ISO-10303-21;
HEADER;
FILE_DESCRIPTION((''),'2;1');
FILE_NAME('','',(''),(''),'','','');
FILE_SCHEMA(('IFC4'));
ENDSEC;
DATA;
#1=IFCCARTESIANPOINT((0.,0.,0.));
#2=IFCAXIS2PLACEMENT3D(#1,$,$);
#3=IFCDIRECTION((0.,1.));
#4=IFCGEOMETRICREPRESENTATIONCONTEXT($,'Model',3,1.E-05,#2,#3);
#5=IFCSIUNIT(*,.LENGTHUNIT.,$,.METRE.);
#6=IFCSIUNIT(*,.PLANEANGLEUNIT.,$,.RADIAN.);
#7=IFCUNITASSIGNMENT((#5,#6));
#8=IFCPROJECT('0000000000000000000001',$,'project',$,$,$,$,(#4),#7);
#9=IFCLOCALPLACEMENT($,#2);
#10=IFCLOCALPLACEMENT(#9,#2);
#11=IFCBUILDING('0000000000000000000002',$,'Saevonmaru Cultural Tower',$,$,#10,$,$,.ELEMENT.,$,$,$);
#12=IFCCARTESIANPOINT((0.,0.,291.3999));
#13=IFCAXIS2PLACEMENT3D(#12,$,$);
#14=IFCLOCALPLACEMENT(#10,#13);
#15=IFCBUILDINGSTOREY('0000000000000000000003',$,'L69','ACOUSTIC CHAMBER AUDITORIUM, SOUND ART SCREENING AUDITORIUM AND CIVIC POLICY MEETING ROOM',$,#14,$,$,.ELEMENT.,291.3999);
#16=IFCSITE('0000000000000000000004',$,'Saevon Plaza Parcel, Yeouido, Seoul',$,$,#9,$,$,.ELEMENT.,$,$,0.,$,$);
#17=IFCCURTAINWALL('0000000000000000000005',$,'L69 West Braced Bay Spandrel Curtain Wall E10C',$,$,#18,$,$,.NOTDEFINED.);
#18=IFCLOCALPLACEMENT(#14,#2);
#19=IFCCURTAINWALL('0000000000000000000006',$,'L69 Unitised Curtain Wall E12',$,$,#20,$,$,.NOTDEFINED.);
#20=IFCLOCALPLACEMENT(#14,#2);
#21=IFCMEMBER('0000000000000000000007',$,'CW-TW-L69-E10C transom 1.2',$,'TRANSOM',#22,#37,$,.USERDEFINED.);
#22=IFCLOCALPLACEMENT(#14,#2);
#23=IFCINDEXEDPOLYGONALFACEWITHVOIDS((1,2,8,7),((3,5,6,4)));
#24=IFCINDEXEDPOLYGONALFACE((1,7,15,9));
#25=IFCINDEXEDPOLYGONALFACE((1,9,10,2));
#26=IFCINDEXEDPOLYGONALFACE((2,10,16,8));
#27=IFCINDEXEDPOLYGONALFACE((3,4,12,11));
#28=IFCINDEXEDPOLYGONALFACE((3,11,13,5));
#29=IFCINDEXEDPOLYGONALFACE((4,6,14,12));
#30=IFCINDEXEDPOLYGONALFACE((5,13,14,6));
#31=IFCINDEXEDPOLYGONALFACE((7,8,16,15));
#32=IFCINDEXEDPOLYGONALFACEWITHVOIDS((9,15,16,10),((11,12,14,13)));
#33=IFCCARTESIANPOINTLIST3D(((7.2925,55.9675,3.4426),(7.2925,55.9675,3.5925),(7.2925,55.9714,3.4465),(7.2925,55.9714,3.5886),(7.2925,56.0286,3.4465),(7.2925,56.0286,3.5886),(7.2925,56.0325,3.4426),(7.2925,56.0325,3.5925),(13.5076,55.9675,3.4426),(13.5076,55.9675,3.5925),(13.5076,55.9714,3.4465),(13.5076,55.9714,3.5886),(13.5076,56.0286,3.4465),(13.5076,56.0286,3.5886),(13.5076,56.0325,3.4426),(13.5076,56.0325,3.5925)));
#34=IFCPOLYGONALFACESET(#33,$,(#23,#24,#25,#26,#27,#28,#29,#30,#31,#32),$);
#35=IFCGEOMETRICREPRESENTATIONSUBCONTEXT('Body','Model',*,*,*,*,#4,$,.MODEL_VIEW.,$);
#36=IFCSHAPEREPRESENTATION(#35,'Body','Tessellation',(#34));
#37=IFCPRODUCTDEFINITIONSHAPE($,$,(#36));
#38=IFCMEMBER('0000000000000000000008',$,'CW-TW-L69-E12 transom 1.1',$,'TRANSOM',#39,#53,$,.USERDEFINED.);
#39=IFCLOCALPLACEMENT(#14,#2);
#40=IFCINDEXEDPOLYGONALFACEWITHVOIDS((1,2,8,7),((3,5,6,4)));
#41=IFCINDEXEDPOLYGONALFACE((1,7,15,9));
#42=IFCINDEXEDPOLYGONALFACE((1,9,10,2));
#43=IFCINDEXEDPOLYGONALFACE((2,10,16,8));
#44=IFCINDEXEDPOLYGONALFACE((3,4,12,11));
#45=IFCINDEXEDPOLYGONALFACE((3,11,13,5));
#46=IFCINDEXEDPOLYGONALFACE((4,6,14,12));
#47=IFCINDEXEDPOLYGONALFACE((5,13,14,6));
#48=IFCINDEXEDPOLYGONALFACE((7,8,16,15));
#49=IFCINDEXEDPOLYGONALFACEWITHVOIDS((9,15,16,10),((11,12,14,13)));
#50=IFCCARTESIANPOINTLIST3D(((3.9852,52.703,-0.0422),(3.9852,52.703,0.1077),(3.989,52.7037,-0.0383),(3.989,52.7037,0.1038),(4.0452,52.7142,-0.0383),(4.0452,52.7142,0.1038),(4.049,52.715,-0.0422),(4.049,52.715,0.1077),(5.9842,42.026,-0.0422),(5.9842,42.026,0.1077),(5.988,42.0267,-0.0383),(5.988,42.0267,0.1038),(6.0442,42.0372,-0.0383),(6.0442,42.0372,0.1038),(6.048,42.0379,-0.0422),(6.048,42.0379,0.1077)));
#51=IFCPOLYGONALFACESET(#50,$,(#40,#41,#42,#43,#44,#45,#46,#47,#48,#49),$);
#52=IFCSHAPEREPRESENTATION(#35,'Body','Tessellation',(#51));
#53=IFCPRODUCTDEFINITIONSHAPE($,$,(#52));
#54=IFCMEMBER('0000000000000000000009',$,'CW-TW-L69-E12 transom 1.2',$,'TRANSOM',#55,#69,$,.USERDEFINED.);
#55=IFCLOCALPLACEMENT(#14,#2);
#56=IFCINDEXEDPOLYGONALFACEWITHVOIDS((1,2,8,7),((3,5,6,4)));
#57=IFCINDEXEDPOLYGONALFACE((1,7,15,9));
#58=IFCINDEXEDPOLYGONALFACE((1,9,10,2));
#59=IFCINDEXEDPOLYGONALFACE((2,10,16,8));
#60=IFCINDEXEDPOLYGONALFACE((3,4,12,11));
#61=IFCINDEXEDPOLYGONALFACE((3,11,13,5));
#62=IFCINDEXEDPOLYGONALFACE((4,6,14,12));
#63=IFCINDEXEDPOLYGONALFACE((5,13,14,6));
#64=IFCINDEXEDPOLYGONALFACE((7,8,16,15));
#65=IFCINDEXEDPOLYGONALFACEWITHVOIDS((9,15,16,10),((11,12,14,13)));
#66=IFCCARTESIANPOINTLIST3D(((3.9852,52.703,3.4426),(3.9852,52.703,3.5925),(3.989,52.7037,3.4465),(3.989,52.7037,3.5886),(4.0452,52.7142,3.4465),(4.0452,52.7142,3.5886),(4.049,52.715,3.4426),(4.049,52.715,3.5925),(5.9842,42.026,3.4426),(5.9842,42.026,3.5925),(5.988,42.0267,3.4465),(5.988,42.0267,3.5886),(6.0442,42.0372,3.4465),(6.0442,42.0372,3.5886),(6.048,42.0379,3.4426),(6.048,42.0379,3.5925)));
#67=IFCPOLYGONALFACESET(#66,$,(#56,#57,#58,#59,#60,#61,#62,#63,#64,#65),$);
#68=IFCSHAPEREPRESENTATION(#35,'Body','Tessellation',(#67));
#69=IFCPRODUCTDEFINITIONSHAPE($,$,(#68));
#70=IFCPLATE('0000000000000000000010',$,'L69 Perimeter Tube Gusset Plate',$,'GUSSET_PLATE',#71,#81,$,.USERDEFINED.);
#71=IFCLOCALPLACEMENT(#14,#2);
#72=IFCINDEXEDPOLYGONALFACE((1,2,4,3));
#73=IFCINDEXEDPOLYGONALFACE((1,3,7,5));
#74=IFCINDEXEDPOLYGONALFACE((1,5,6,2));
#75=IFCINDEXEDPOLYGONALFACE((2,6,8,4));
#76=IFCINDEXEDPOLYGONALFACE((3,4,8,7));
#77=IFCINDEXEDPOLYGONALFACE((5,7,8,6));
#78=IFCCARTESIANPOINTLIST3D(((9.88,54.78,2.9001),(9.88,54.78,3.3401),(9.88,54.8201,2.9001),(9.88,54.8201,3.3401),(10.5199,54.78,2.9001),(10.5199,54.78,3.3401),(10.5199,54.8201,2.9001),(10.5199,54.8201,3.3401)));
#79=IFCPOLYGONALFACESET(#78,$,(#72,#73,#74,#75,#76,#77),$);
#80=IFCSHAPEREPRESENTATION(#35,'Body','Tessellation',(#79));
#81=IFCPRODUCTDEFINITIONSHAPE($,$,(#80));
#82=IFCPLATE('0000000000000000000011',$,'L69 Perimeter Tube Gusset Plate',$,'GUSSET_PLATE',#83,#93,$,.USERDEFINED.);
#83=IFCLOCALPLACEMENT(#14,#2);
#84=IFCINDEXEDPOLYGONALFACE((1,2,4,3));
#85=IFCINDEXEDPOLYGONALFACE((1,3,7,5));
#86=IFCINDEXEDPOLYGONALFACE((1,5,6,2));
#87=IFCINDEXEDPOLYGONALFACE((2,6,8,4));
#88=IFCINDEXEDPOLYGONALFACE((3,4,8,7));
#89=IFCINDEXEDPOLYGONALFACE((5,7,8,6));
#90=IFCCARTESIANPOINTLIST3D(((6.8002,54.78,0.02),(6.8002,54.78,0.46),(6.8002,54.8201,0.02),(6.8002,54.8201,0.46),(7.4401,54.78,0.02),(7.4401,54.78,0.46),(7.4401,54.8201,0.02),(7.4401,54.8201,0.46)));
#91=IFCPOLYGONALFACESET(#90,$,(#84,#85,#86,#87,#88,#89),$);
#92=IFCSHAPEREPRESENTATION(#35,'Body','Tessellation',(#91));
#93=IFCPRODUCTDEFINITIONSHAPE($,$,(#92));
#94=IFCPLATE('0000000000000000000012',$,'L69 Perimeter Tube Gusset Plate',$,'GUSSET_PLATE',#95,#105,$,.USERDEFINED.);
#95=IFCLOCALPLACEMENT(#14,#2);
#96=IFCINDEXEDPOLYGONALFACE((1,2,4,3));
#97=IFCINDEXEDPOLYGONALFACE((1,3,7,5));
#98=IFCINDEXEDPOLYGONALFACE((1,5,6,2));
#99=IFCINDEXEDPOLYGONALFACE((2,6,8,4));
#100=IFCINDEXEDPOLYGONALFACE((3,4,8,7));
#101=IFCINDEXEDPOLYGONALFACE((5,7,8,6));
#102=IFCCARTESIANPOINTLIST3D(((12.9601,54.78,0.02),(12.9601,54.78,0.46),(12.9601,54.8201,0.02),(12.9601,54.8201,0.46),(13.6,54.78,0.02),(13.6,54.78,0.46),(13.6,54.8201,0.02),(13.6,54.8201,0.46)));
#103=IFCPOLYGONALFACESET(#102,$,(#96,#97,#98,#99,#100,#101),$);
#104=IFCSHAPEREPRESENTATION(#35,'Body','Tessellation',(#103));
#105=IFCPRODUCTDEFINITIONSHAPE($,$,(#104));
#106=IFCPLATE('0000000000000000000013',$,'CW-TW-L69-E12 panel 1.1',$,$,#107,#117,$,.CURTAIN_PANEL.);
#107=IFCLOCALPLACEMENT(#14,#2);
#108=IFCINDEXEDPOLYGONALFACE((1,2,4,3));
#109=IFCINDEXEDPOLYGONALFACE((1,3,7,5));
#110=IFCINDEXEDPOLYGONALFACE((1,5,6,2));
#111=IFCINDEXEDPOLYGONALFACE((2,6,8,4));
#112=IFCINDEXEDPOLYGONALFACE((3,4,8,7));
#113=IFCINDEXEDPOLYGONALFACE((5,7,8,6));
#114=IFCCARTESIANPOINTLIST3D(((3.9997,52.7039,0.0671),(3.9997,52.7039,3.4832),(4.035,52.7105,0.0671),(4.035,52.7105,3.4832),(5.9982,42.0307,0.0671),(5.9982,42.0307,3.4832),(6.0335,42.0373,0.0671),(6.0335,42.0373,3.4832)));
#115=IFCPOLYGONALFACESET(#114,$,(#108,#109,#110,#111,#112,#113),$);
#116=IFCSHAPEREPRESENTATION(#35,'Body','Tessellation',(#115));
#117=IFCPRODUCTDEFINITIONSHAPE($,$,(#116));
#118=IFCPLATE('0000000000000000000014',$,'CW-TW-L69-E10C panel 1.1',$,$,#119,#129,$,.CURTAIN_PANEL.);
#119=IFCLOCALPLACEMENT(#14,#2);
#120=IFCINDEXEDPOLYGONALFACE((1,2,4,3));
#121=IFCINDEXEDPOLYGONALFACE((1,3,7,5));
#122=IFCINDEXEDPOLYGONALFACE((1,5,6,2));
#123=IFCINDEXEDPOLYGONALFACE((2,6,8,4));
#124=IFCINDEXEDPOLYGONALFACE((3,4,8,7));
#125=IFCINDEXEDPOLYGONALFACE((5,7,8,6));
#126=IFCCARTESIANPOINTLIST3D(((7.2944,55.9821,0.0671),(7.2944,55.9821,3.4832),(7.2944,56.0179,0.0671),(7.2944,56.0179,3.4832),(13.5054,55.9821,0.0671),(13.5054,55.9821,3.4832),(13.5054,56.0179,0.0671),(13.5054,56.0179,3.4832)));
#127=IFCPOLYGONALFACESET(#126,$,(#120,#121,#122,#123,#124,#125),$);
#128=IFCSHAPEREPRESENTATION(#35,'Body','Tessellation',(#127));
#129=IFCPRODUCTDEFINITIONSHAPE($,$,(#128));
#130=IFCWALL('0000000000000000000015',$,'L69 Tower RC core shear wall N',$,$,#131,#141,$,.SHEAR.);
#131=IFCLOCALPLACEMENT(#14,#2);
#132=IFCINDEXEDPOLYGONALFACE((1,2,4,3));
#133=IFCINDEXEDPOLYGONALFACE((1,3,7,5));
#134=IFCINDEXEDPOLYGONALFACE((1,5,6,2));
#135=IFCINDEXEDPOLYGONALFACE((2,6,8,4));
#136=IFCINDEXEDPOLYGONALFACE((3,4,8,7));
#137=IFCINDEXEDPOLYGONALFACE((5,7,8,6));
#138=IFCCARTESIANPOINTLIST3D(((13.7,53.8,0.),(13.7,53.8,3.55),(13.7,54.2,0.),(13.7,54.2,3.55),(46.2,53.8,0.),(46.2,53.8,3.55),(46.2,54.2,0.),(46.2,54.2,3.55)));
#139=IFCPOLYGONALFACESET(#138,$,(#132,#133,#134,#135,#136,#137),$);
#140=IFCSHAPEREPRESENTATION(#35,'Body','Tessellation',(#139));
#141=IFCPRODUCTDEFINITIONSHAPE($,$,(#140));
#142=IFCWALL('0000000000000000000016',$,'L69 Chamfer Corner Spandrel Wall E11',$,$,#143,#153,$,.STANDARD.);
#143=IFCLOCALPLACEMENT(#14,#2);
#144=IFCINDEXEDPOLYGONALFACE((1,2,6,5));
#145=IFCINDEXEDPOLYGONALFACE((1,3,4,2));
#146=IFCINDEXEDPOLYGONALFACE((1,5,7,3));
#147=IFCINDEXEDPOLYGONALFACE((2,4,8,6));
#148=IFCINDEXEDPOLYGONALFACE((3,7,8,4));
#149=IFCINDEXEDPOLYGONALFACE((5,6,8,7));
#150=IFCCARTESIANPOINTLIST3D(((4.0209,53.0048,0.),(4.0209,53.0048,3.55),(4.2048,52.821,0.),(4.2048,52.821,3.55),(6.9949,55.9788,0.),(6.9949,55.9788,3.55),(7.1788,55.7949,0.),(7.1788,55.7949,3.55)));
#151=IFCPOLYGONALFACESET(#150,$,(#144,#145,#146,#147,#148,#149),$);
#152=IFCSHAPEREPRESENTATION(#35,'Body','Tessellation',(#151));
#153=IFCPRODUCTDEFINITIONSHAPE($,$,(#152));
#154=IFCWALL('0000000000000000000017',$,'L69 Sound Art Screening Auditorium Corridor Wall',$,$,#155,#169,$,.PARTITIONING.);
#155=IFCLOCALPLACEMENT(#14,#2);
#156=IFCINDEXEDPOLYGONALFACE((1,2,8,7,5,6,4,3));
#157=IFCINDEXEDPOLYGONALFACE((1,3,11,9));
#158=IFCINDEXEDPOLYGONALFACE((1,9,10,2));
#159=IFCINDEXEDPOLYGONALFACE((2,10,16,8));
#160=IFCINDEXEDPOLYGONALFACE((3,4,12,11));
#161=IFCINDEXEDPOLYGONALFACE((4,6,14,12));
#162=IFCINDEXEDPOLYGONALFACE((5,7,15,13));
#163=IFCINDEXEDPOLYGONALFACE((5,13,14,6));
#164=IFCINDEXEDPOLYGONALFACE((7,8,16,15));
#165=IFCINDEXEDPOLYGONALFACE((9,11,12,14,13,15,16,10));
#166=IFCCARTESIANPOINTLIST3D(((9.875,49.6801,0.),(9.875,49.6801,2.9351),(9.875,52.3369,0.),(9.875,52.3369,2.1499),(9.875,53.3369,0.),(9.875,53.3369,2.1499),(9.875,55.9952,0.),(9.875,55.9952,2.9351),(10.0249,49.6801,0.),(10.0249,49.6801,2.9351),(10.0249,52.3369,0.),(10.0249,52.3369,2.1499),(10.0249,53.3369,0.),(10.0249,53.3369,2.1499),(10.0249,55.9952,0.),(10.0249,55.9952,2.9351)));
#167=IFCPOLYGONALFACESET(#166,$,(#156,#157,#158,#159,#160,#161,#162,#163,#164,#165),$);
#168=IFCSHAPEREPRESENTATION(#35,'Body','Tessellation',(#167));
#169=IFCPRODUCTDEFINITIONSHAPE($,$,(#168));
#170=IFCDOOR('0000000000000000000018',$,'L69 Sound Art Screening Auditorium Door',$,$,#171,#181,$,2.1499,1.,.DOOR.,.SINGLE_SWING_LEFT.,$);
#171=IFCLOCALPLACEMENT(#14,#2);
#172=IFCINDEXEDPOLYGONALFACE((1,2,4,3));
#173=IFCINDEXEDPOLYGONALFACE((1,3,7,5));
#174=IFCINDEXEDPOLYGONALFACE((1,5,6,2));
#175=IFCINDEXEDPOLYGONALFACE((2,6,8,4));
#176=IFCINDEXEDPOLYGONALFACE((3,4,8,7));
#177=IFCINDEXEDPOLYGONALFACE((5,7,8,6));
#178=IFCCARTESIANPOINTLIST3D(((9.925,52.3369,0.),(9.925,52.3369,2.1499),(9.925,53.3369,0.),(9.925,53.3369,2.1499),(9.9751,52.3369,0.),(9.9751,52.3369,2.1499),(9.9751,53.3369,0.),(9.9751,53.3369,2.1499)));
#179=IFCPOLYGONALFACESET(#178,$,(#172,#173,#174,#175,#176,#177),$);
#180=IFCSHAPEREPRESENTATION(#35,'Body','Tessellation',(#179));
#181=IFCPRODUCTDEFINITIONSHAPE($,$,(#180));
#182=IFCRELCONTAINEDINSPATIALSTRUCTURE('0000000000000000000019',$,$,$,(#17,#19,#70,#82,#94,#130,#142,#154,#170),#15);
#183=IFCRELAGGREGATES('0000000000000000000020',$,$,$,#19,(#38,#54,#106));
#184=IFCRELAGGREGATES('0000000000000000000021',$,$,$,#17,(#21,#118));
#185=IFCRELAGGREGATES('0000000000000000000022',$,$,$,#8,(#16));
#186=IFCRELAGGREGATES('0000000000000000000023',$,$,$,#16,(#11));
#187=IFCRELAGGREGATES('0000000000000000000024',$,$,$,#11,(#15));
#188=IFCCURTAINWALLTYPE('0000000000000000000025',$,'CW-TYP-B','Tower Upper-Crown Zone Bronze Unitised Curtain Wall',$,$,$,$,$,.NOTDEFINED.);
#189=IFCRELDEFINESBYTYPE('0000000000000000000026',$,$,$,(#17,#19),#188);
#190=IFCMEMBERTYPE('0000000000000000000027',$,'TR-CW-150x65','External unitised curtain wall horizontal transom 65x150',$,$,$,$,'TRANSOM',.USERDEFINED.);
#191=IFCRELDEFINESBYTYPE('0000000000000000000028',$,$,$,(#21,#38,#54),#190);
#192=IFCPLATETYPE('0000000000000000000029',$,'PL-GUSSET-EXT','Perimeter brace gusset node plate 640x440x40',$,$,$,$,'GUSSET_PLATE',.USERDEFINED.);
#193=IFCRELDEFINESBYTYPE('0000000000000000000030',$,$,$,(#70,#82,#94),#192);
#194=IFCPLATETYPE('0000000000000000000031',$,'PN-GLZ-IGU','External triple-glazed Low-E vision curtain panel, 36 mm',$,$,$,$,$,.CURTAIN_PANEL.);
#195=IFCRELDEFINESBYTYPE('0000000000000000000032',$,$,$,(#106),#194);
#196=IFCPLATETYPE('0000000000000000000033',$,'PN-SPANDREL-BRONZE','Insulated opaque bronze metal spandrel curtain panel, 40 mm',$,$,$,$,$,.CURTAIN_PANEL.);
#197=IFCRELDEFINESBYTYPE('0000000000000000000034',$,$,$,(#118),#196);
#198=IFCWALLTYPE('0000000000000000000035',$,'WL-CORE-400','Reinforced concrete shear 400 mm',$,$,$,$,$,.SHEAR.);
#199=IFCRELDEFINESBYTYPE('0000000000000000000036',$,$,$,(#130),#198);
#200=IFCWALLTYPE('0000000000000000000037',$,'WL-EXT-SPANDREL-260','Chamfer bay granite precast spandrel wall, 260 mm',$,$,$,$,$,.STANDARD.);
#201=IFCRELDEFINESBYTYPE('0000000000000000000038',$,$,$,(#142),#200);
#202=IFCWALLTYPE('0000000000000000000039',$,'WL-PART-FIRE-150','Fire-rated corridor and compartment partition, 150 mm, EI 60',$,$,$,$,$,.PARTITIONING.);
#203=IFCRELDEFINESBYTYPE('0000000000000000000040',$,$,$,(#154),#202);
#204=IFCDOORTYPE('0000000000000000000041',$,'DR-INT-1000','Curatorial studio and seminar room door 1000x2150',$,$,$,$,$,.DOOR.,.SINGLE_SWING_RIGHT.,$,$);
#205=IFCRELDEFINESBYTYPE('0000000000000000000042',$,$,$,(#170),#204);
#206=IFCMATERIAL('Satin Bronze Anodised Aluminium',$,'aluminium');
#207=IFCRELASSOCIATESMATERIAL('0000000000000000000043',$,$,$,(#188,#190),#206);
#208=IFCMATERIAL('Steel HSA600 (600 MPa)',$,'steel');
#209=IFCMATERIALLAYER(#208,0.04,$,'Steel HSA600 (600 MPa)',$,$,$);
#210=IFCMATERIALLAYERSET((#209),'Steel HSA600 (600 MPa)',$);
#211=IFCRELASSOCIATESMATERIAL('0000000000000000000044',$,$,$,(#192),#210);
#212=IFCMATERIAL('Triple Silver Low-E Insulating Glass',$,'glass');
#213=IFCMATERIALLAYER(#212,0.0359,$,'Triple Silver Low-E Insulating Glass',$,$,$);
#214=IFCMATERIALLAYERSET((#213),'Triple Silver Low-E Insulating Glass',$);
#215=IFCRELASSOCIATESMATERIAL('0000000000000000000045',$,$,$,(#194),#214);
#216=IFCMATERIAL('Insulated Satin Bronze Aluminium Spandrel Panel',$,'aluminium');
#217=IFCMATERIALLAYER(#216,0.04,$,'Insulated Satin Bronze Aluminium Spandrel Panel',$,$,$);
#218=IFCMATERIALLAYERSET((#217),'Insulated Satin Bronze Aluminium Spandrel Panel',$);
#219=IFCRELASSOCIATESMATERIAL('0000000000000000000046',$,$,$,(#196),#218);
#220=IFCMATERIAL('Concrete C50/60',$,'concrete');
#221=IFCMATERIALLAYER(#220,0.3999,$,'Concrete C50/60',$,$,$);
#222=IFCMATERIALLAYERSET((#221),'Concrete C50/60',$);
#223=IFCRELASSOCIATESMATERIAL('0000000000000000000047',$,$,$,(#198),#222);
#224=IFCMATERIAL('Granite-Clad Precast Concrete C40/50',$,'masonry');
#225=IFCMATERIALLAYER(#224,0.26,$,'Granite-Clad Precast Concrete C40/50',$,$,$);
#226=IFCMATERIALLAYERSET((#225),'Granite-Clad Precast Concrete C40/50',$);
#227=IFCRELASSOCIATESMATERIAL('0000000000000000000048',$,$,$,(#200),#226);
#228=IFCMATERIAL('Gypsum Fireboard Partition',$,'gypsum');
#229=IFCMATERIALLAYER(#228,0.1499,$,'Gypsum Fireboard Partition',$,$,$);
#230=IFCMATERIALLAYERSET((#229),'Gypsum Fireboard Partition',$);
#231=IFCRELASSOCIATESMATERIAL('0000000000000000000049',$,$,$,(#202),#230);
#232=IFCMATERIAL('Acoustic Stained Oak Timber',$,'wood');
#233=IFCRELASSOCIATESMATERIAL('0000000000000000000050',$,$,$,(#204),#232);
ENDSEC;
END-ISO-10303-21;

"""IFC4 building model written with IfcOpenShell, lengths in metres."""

from ifc_helpers import new_model, si_unit, direction, frame, frame_2d, origin, origin_2d, place, context, subcontext, project, spatial, rectangle, hollow_rectangle, extrude, material, layer, layer_set, material_profile, profile_set, type_object, element, fill, aggregate, save


model = new_model("IFC4")

# Units and contexts
model_context = context("Model", 3, precision=1e-05, world=origin(), true_north=direction((0.0, 1.0)))
body_context = subcontext(model_context, "Body", "Model", "MODEL_VIEW")
ifc_project = project(units=[si_unit("LENGTHUNIT", "METRE"), si_unit("PLANEANGLEUNIT", "RADIAN")], contexts=[model_context])

# Site, building, storey
site_placement = place(None, origin())
site = spatial("IfcSite", under=ifc_project, at=site_placement, Name="Saevon Plaza Parcel, Yeouido, Seoul", CompositionType="ELEMENT", RefElevation=0.0)
building_placement = place(site_placement, origin())
building = spatial("IfcBuilding", under=site, at=building_placement, Name="Saevonmaru Cultural Tower", CompositionType="ELEMENT")
storey_placement = place(building_placement, frame((0.0, 0.0, 291.3999)))
storey = spatial("IfcBuildingStorey", under=building, at=storey_placement, Name="L69", Description="ACOUSTIC CHAMBER AUDITORIUM, SOUND ART SCREENING AUDITORIUM AND CIVIC POLICY MEETING ROOM", CompositionType="ELEMENT", Elevation=291.3999)

# Shared definitions
ifc_material_1 = material(Name="Satin Bronze Anodised Aluminium", Category="aluminium")
curtain_wall_type = type_object("IfcCurtainWallType", Name="CW-TYP-B", Description="Tower Upper-Crown Zone Bronze Unitised Curtain Wall", PredefinedType="NOTDEFINED", material=ifc_material_1)

# Curtain wall
curtain_wall_1_placement = place(storey_placement, origin())
curtain_wall_1 = element("IfcCurtainWall", 1, at=curtain_wall_1_placement, inside=storey, type_object=curtain_wall_type, Name="L69 West Braced Bay Spandrel Curtain Wall E10C", PredefinedType="NOTDEFINED")

# Curtain wall
curtain_wall_2_placement = place(storey_placement, origin())
curtain_wall_2 = element("IfcCurtainWall", 2, at=curtain_wall_2_placement, inside=storey, type_object=curtain_wall_type, Name="L69 Unitised Curtain Wall E12", PredefinedType="NOTDEFINED")

# Members
ifc_material_profile_1 = material_profile(ifc_material_1, hollow_rectangle(XDim=0.0649, YDim=0.1499, WallThickness=0.0039, at=origin_2d()), Name="ALU-TRAN-150x65x4")
ifc_profile_set_1 = profile_set([ifc_material_profile_1], Name="Satin Bronze Anodised Aluminium")
member_type_1 = type_object("IfcMemberType", Name="TR-CW-150x65", Description="External unitised curtain wall horizontal transom 65x150", ElementType="TRANSOM", PredefinedType="USERDEFINED", material=ifc_profile_set_1)
member_1_placement = place(storey_placement, frame((13.5076, 56.0, 3.5176), z_axis=(-1.0, 0.0, 0.0), x_axis=(0.0, -1.0, 0.0)))
member_1 = element("IfcMember", 3, at=member_1_placement, type_object=member_type_1, Name="CW-TW-L69-E10C transom 1.2", ObjectType="TRANSOM", PredefinedType="USERDEFINED", context=body_context, shape_type="SweptSolid", body=[
    extrude(hollow_rectangle(XDim=0.0649, YDim=0.1499, WallThickness=0.0039, at=origin_2d()), origin(), (0.0, 0.0, 1.0), 6.2151),
])
member_2_placement = place(storey_placement, frame((4.0171, 52.709, 0.0327), z_axis=(0.184029, -0.982921, 0.0), x_axis=(0.982921, 0.184029, 0.0)))
member_2 = element("IfcMember", 4, at=member_2_placement, type_object=member_type_1, Name="CW-TW-L69-E12 transom 1.1", ObjectType="TRANSOM", PredefinedType="USERDEFINED", context=body_context, shape_type="SweptSolid", body=[
    extrude(hollow_rectangle(XDim=0.0649, YDim=0.1499, WallThickness=0.0039, at=origin_2d()), origin(), (0.0, 0.0, 1.0), 10.8625),
])
member_3_placement = place(storey_placement, frame((4.0171, 52.709, 3.5176), z_axis=(0.184029, -0.982921, 0.0), x_axis=(0.982921, 0.184029, 0.0)))
member_3 = element("IfcMember", 5, at=member_3_placement, type_object=member_type_1, Name="CW-TW-L69-E12 transom 1.2", ObjectType="TRANSOM", PredefinedType="USERDEFINED", context=body_context, shape_type="SweptSolid", body=[
    extrude(hollow_rectangle(XDim=0.0649, YDim=0.1499, WallThickness=0.0039, at=origin_2d()), origin(), (0.0, 0.0, 1.0), 10.8625),
])

# Plates
ifc_material_2 = material(Name="Steel HSA600 (600 MPa)", Category="steel")
ifc_layer_1 = layer(ifc_material_2, 0.04, Name="Steel HSA600 (600 MPa)")
ifc_layer_set_1 = layer_set([ifc_layer_1], Name="Steel HSA600 (600 MPa)")
plate_type_1 = type_object("IfcPlateType", Name="PL-GUSSET-EXT", Description="Perimeter brace gusset node plate 640x440x40", ElementType="GUSSET_PLATE", PredefinedType="USERDEFINED", material=ifc_layer_set_1)
for number, where, z_axis, x_axis, name in (
    (6, (10.2, 54.8, 2.9001), (0.0, 0.0, 1.0), (1.0, 0.0, 0.0), "L69 Perimeter Tube Gusset Plate"),
    (7, (7.1201, 54.8, 0.02), (0.0, 0.0, 1.0), (1.0, 0.0, 0.0), "L69 Perimeter Tube Gusset Plate"),
    (8, (13.28, 54.8, 0.02), (0.0, 0.0, 1.0), (1.0, 0.0, 0.0), "L69 Perimeter Tube Gusset Plate"),
):
    element("IfcPlate", number, at=place(storey_placement, frame(where, z_axis=z_axis, x_axis=x_axis)), inside=storey, type_object=plate_type_1, Name=name, ObjectType="GUSSET_PLATE", PredefinedType="USERDEFINED", context=body_context, shape_type="SweptSolid", body=[
        extrude(rectangle(XDim=0.6399, YDim=0.04, at=origin_2d()), origin(), (0.0, 0.0, 1.0), 0.4399),
    ])

# Plates
ifc_material_3 = material(Name="Triple Silver Low-E Insulating Glass", Category="glass")
ifc_layer_2 = layer(ifc_material_3, 0.0359, Name="Triple Silver Low-E Insulating Glass")
ifc_layer_set_2 = layer_set([ifc_layer_2], Name="Triple Silver Low-E Insulating Glass")
plate_type_2 = type_object("IfcPlateType", Name="PN-GLZ-IGU", Description="External triple-glazed Low-E vision curtain panel, 36 mm", PredefinedType="CURTAIN_PANEL", material=ifc_layer_set_2)
plate_1_placement = place(storey_placement, frame((5.0166, 47.3706, 0.0671), z_axis=(0.0, 0.0, 1.0), x_axis=(0.184047, -0.982918, 0.0)))
plate_1 = element("IfcPlate", 9, at=plate_1_placement, type_object=plate_type_2, Name="CW-TW-L69-E12 panel 1.1", PredefinedType="CURTAIN_PANEL", context=body_context, shape_type="SweptSolid", body=[
    extrude(rectangle(XDim=10.8586, YDim=0.0359, at=origin_2d()), origin(), (0.0, 0.0, 1.0), 3.416),
])
aggregate(curtain_wall_2, [member_2, member_3, plate_1])
ifc_material_4 = material(Name="Insulated Satin Bronze Aluminium Spandrel Panel", Category="aluminium")
ifc_layer_3 = layer(ifc_material_4, 0.04, Name="Insulated Satin Bronze Aluminium Spandrel Panel")
ifc_layer_set_3 = layer_set([ifc_layer_3], Name="Insulated Satin Bronze Aluminium Spandrel Panel")
plate_type_3 = type_object("IfcPlateType", Name="PN-SPANDREL-BRONZE", Description="Insulated opaque bronze metal spandrel curtain panel, 40 mm", PredefinedType="CURTAIN_PANEL", material=ifc_layer_set_3)
plate_2_placement = place(storey_placement, frame((10.3999, 56.0, 0.0671), z_axis=(0.0, 0.0, 1.0), x_axis=(-1.0, 0.0, 0.0)))
plate_2 = element("IfcPlate", 10, at=plate_2_placement, type_object=plate_type_3, Name="CW-TW-L69-E10C panel 1.1", PredefinedType="CURTAIN_PANEL", context=body_context, shape_type="SweptSolid", body=[
    extrude(rectangle(XDim=6.2109, YDim=0.0359, at=origin_2d()), origin(), (0.0, 0.0, 1.0), 3.416),
])
aggregate(curtain_wall_1, [member_1, plate_2])

# Walls
ifc_material_5 = material(Name="Concrete C50/60", Category="concrete")
ifc_layer_4 = layer(ifc_material_5, 0.3999, Name="Concrete C50/60")
ifc_layer_set_4 = layer_set([ifc_layer_4], Name="Concrete C50/60")
wall_type_1 = type_object("IfcWallType", Name="WL-CORE-400", Description="Reinforced concrete shear 400 mm", PredefinedType="SHEAR", material=ifc_layer_set_4)
wall_1_placement = place(storey_placement, frame((13.7, 54.0, 0.0), z_axis=(0.0, 0.0, 1.0), x_axis=(1.0, 0.0, 0.0)))
element("IfcWall", 11, at=wall_1_placement, inside=storey, type_object=wall_type_1, Name="L69 Tower RC core shear wall N", PredefinedType="SHEAR", context=body_context, shape_type="SweptSolid", body=[
    extrude(rectangle(XDim=32.5, YDim=0.3999, at=frame_2d((16.25, 0.0))), origin(), (0.0, 0.0, 1.0), 3.55),
])
ifc_material_6 = material(Name="Granite-Clad Precast Concrete C40/50", Category="masonry")
ifc_layer_5 = layer(ifc_material_6, 0.26, Name="Granite-Clad Precast Concrete C40/50")
ifc_layer_set_5 = layer_set([ifc_layer_5], Name="Granite-Clad Precast Concrete C40/50")
wall_type_2 = type_object("IfcWallType", Name="WL-EXT-SPANDREL-260", Description="Chamfer bay granite precast spandrel wall, 260 mm", PredefinedType="STANDARD", material=ifc_layer_set_5)
wall_2_placement = place(storey_placement, frame((7.0869, 55.887, 0.0), z_axis=(0.0, 0.0, 1.0), x_axis=(-0.707107, -0.707107, 0.0)))
element("IfcWall", 12, at=wall_2_placement, inside=storey, type_object=wall_type_2, Name="L69 Chamfer Corner Spandrel Wall E11", PredefinedType="STANDARD", context=body_context, shape_type="SweptSolid", body=[
    extrude(rectangle(XDim=4.2058, YDim=0.26, at=frame_2d((2.103, 0.0))), origin(), (0.0, 0.0, 1.0), 3.55),
])

# Wall, opening, door
ifc_material_7 = material(Name="Gypsum Fireboard Partition", Category="gypsum")
ifc_layer_6 = layer(ifc_material_7, 0.1499, Name="Gypsum Fireboard Partition")
ifc_layer_set_6 = layer_set([ifc_layer_6], Name="Gypsum Fireboard Partition")
wall_type_3 = type_object("IfcWallType", Name="WL-PART-FIRE-150", Description="Fire-rated corridor and compartment partition, 150 mm, EI 60", PredefinedType="PARTITIONING", material=ifc_layer_set_6)
wall_3_placement = place(storey_placement, frame((9.95, 49.6799, 0.0), z_axis=(0.0, 0.0, 1.0), x_axis=(0.0, 1.0, 0.0)))
wall_3 = element("IfcWall", 13, at=wall_3_placement, inside=storey, type_object=wall_type_3, Name="L69 Sound Art Screening Auditorium Corridor Wall", PredefinedType="PARTITIONING", context=body_context, shape_type="SweptSolid", body=[
    extrude(rectangle(XDim=6.3152, YDim=0.1499, at=frame_2d((3.1577, 0.0))), origin(), (0.0, 0.0, 1.0), 2.9351),
])
opening_1_placement = place(wall_3_placement, frame((2.657, 0.0, 0.0)))
opening_1 = element("IfcOpeningElement", 14, at=opening_1_placement, cuts=wall_3, PredefinedType="OPENING", context=body_context, shape_type="SweptSolid", body=[
    extrude(rectangle(XDim=1.0, YDim=2.1499, at=frame_2d((0.5, 1.075))), frame((0.0, 0.085, 0.0), z_axis=(0.0, -1.0, 0.0), x_axis=(1.0, 0.0, 0.0)), (0.0, 0.0, 1.0), 0.1699),
])
ifc_material_8 = material(Name="Acoustic Stained Oak Timber", Category="wood")
door_type_1 = type_object("IfcDoorType", Name="DR-INT-1000", Description="Curatorial studio and seminar room door 1000x2150", OperationType="SINGLE_SWING_RIGHT", PredefinedType="DOOR", material=ifc_material_8)
door_1_placement = place(opening_1_placement, origin())
door_1 = element("IfcDoor", 15, at=door_1_placement, inside=storey, type_object=door_type_1, Name="L69 Sound Art Screening Auditorium Door", OperationType="SINGLE_SWING_LEFT", OverallHeight=2.1499, OverallWidth=1.0, PredefinedType="DOOR", context=body_context, shape_type="SweptSolid", body=[
    extrude(rectangle(XDim=1.0, YDim=2.1499, at=frame_2d((0.5, 1.075))), frame((0.0, 0.0249, 0.0), z_axis=(0.0, -1.0, 0.0), x_axis=(1.0, 0.0, 0.0)), (0.0, 0.0, 1.0), 0.05),
])
fill(opening_1, door_1)

save(model, "model.ifc")
